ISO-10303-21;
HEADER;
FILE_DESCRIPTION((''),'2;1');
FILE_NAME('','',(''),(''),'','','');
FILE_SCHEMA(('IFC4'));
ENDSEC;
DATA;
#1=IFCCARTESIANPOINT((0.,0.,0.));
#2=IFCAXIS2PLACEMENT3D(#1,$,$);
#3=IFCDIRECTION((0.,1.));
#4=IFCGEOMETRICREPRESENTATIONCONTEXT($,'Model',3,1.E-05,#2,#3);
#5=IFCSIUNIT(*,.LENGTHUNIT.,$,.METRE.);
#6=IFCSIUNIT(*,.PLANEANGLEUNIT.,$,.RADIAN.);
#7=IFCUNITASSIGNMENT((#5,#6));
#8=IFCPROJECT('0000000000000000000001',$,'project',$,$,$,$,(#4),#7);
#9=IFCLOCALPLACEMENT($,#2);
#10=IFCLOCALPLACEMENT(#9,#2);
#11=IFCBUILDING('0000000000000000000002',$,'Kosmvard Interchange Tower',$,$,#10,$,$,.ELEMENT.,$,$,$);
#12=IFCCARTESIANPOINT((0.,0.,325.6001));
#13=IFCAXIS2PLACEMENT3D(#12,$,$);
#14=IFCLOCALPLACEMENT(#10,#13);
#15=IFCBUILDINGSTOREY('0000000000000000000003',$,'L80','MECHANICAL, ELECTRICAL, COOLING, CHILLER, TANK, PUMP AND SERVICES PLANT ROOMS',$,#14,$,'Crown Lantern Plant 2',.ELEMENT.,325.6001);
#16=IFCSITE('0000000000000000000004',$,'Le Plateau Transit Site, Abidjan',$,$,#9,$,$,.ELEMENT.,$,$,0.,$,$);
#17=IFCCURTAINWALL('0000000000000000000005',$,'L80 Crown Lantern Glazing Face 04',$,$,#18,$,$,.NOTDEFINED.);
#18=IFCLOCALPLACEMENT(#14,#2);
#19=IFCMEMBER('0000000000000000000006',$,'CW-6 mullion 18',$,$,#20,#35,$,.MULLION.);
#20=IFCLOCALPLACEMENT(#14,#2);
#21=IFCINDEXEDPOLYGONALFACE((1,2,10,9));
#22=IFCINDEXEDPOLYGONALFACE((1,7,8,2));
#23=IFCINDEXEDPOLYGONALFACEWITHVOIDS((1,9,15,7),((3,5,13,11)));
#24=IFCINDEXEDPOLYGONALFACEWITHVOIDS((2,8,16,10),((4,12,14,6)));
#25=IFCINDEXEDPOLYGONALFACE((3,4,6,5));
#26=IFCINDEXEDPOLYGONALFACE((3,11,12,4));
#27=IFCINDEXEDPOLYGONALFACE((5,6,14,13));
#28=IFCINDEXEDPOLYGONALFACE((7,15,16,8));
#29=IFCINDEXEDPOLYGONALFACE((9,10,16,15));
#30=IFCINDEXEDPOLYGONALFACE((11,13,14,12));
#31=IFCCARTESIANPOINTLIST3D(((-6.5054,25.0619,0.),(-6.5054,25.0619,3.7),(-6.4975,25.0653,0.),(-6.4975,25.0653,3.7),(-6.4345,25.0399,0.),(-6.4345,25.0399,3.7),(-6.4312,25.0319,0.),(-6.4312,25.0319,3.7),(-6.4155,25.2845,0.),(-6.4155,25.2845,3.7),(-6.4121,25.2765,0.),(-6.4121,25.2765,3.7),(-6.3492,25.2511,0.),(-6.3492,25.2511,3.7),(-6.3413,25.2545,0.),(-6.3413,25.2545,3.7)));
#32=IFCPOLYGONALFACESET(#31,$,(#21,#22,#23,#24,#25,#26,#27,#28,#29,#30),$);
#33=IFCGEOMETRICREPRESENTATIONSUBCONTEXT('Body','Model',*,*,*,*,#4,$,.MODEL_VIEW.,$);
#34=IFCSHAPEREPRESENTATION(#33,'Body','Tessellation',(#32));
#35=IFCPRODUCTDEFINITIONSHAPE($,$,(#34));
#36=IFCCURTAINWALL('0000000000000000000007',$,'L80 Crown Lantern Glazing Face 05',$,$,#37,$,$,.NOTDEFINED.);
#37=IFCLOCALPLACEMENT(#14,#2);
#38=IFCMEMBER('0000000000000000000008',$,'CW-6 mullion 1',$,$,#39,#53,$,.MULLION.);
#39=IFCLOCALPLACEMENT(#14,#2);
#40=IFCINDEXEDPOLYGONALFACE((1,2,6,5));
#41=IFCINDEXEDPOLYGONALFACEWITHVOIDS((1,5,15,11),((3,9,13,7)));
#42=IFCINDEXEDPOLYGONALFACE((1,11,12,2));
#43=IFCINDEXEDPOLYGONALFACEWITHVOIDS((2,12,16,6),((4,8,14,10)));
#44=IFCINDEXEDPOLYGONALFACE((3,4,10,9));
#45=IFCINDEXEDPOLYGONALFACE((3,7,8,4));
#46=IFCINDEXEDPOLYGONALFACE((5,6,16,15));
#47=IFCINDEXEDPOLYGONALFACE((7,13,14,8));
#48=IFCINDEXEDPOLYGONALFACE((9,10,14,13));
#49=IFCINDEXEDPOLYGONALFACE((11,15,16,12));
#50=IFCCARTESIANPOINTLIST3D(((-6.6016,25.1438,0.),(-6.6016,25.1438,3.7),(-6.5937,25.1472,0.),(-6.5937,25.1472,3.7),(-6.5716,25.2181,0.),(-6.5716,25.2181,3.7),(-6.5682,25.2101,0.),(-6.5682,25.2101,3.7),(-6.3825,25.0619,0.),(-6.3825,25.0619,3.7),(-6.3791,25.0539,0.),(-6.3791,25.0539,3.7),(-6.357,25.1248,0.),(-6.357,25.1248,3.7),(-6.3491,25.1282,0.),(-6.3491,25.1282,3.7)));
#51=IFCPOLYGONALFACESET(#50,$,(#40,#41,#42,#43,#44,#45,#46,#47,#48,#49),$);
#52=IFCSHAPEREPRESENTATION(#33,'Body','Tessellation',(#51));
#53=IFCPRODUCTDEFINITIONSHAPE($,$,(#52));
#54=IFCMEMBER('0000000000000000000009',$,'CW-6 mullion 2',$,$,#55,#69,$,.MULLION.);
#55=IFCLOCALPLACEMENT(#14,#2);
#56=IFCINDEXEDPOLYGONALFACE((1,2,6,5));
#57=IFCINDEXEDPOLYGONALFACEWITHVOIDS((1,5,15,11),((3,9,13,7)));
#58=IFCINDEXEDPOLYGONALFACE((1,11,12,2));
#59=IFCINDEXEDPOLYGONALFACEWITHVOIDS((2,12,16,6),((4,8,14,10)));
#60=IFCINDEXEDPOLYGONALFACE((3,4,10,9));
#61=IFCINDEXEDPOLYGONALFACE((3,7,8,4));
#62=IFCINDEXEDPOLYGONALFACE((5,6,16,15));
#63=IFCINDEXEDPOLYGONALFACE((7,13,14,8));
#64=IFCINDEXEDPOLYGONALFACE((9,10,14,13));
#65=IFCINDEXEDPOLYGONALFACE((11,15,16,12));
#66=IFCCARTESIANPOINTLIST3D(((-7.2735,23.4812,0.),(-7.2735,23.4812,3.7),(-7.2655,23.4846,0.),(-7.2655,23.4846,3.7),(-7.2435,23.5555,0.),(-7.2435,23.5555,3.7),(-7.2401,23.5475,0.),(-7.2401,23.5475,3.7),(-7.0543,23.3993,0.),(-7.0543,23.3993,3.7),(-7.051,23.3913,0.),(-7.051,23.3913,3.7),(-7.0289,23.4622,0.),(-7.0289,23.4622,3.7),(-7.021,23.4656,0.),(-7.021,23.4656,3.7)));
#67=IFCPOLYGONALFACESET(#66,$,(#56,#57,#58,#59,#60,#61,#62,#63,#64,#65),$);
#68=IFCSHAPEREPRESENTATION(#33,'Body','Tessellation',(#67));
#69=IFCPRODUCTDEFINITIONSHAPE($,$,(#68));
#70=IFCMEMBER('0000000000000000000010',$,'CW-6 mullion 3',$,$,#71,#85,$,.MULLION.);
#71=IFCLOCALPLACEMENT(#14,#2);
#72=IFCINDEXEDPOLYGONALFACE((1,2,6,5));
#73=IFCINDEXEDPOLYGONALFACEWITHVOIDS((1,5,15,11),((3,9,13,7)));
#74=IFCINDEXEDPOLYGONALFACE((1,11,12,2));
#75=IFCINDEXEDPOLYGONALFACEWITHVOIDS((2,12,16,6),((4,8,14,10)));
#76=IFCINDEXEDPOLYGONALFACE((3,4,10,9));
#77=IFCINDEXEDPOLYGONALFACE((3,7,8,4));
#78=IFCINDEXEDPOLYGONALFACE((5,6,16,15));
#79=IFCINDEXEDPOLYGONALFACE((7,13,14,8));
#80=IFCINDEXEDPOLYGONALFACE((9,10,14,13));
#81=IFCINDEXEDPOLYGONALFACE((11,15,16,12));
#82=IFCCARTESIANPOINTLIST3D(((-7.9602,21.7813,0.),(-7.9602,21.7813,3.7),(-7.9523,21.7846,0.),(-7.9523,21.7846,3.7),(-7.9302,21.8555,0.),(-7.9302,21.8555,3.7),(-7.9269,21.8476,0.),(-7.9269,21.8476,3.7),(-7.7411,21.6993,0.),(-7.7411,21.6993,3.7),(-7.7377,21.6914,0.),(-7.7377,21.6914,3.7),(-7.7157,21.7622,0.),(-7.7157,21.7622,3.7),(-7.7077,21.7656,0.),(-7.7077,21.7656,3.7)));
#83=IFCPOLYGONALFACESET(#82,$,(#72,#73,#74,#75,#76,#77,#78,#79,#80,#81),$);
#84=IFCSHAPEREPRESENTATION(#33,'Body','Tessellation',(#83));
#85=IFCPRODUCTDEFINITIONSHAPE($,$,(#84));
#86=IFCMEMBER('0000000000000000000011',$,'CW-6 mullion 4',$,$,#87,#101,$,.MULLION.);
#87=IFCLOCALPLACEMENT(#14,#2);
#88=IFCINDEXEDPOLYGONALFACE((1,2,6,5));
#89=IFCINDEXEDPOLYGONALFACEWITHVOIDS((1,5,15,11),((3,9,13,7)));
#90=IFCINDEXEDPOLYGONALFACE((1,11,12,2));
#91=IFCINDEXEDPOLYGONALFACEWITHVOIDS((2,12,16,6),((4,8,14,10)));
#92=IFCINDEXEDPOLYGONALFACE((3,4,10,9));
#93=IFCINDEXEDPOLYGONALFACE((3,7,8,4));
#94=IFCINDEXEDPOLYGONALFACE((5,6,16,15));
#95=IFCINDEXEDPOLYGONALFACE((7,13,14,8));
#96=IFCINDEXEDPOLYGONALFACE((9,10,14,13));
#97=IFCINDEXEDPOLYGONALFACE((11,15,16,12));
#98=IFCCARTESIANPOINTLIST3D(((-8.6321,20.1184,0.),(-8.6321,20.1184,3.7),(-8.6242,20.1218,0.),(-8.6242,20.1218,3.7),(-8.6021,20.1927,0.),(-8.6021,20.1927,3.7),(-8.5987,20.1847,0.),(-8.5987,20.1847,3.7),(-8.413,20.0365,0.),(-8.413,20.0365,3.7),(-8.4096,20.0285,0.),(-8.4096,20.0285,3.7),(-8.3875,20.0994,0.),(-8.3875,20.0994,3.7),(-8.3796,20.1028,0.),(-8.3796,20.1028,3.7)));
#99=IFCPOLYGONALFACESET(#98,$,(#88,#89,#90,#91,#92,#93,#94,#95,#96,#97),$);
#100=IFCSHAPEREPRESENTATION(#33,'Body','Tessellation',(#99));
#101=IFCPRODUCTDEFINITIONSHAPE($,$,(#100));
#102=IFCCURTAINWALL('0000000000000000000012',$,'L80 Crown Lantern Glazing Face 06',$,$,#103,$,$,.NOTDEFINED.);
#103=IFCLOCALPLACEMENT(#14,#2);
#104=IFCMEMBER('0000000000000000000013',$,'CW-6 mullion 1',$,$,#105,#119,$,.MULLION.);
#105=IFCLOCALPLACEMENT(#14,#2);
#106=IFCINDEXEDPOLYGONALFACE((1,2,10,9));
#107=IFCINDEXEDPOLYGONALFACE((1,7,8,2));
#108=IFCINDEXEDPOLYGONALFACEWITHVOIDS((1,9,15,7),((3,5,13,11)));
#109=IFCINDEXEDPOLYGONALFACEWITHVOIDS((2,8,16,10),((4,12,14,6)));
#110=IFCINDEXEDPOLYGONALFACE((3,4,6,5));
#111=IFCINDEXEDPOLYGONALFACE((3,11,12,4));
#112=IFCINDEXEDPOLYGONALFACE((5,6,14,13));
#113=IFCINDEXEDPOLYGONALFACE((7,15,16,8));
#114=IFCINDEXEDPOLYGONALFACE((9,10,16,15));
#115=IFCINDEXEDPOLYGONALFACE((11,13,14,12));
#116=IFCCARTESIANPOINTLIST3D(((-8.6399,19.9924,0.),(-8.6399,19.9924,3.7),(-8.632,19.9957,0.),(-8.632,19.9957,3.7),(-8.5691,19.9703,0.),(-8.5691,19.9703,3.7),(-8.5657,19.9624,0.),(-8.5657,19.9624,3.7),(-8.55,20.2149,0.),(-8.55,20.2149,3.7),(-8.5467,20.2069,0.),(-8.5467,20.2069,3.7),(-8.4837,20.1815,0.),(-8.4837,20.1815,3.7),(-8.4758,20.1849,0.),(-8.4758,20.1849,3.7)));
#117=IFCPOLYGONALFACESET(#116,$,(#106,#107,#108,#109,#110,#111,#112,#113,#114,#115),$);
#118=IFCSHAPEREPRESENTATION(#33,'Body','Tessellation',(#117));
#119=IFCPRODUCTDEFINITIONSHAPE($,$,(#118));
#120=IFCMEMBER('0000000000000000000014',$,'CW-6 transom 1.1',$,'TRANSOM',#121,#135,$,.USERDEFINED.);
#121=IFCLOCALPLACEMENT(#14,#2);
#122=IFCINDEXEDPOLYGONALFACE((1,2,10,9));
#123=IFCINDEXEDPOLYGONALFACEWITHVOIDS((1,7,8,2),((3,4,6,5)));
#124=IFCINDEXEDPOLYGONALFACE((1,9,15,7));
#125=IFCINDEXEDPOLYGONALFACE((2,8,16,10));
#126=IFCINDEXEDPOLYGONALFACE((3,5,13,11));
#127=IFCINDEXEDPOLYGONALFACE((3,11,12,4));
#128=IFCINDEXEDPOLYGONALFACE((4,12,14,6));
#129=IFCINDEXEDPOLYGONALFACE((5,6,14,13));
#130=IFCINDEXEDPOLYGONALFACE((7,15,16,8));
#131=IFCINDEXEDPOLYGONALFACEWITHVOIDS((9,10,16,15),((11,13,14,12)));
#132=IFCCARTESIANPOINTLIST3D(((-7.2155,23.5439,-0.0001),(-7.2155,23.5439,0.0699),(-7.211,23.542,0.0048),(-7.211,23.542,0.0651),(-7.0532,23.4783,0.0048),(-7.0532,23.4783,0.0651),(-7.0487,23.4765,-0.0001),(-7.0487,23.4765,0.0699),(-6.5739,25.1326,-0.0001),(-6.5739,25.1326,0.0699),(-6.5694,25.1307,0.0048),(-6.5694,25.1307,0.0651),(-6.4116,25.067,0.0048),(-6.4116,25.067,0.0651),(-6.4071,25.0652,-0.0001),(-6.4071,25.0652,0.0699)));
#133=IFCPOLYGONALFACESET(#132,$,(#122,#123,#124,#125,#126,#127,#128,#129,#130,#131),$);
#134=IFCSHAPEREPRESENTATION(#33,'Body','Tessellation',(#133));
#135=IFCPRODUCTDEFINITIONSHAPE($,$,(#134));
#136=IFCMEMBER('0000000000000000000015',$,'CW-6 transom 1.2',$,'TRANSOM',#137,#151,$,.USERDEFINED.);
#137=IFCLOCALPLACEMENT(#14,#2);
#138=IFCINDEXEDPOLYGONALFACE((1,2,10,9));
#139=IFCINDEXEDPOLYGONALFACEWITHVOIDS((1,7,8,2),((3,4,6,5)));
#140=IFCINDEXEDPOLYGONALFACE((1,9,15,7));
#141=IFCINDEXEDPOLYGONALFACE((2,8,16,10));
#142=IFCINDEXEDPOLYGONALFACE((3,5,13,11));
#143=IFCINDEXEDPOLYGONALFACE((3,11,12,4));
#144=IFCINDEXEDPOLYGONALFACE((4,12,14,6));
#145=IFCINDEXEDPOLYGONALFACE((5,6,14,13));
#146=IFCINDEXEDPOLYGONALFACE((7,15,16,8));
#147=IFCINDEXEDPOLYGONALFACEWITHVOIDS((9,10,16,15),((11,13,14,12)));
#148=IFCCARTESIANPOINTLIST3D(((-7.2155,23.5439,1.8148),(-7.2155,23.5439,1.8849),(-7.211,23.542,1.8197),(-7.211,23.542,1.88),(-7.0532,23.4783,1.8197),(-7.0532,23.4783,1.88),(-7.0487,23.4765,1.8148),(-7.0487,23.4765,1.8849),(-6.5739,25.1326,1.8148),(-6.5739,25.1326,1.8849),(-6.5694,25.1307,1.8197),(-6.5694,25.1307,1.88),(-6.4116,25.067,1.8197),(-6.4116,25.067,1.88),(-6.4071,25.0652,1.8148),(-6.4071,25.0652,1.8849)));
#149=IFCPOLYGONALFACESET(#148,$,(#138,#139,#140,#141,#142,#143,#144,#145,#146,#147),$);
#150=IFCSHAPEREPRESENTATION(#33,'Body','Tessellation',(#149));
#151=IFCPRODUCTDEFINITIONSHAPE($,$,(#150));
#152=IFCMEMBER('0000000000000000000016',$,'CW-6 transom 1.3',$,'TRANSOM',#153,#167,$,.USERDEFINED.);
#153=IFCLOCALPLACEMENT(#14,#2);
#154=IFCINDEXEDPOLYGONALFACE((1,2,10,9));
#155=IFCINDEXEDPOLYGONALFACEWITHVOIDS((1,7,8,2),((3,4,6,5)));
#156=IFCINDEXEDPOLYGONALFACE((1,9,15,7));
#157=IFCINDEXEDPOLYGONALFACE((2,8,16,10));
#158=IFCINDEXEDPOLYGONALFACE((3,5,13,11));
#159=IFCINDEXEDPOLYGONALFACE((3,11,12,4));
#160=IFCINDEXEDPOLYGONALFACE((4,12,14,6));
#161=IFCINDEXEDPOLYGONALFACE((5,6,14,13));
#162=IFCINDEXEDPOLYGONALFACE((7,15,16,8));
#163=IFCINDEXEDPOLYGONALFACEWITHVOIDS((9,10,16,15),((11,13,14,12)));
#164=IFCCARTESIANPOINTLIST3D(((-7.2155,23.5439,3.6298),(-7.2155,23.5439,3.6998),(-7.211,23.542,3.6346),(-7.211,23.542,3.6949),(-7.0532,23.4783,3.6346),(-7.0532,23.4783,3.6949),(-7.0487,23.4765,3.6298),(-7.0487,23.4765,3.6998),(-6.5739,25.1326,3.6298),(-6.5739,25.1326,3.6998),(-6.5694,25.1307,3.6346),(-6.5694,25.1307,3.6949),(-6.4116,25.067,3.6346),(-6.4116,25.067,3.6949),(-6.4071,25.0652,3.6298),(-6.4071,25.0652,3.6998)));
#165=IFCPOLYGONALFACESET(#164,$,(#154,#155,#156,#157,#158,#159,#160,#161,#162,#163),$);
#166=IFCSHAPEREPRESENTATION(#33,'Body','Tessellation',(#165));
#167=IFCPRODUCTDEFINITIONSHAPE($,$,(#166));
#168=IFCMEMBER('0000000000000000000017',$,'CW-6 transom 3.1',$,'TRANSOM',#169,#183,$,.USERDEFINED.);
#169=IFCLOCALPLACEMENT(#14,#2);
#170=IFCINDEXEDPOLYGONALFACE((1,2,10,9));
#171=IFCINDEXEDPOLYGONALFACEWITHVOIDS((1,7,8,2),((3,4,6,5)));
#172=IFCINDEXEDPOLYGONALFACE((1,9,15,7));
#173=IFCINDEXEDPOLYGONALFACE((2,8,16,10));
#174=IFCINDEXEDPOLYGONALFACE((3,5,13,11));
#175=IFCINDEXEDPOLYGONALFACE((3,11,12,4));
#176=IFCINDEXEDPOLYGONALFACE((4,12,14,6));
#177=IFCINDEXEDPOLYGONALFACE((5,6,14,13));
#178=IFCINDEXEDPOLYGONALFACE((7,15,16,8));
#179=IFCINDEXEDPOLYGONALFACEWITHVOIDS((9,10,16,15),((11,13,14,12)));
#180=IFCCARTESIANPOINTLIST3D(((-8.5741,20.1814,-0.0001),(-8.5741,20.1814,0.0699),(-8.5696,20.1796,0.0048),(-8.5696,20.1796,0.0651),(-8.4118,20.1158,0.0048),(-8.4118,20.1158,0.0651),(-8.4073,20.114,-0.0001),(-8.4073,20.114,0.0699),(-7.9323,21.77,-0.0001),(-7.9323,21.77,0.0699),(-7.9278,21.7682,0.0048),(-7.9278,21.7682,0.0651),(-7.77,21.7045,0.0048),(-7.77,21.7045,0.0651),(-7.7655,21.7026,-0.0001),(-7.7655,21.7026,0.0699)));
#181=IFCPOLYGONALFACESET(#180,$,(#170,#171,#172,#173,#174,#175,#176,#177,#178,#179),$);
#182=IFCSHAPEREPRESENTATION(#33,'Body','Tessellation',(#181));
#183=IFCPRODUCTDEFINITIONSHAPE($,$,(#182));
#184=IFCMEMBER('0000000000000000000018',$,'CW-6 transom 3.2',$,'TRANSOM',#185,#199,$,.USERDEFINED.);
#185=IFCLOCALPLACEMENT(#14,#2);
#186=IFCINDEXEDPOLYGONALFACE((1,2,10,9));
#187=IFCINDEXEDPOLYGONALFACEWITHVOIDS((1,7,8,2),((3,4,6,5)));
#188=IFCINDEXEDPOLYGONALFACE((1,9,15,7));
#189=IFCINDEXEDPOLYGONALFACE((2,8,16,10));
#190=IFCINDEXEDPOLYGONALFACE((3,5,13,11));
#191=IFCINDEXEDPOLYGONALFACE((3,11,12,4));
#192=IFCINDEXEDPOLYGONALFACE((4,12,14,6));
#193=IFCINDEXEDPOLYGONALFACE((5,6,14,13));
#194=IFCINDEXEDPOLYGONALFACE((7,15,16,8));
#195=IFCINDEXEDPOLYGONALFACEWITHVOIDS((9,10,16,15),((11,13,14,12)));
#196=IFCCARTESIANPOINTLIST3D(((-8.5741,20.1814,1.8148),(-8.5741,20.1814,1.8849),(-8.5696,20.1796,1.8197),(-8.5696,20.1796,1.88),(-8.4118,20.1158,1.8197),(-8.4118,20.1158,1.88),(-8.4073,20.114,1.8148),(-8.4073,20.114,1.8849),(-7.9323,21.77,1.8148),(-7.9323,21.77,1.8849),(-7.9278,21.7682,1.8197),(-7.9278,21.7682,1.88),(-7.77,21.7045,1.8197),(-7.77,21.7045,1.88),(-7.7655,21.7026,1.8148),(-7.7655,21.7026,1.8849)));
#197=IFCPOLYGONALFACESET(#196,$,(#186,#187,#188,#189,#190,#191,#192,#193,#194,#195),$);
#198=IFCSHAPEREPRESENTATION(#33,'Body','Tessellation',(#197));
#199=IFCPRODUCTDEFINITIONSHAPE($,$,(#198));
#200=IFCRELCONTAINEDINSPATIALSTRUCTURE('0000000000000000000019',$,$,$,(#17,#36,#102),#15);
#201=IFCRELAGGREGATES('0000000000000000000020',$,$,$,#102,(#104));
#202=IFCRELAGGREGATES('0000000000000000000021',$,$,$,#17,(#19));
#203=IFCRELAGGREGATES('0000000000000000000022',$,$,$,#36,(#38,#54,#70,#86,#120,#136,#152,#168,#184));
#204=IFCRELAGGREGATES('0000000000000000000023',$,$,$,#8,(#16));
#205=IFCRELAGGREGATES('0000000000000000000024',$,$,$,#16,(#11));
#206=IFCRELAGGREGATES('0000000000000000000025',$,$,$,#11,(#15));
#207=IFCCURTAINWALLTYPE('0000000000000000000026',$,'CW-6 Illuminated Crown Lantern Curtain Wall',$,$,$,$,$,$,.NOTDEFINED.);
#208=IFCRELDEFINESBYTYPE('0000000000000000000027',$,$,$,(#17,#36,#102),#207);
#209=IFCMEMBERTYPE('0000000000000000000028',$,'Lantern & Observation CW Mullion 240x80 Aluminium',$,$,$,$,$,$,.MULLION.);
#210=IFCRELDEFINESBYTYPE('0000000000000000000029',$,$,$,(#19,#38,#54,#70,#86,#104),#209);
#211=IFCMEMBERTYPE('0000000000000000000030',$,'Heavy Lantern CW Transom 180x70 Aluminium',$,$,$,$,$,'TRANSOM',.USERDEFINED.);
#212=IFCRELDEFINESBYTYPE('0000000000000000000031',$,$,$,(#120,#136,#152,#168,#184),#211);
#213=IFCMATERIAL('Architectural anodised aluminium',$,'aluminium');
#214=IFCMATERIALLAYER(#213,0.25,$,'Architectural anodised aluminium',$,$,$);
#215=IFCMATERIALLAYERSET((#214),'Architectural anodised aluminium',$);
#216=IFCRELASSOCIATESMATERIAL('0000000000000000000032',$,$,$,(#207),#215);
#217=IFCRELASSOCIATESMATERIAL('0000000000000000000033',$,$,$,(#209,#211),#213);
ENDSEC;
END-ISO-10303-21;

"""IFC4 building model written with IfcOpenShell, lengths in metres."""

from ifc_helpers import new_model, si_unit, direction, frame, origin, origin_2d, place, context, subcontext, project, spatial, hollow_rectangle, extrude, source, transform, mapped, material, layer, layer_set, material_profile, profile_set, type_object, element, aggregate, save


model = new_model("IFC4")

# Units and contexts
model_context = context("Model", 3, precision=1e-05, world=origin(), true_north=direction((0.0, 1.0)))
body_context = subcontext(model_context, "Body", "Model", "MODEL_VIEW")
ifc_project = project(units=[si_unit("LENGTHUNIT", "METRE"), si_unit("PLANEANGLEUNIT", "RADIAN")], contexts=[model_context])

# Site, building, storey
site_placement = place(None, origin())
site = spatial("IfcSite", under=ifc_project, at=site_placement, Name="Le Plateau Transit Site, Abidjan", CompositionType="ELEMENT", RefElevation=0.0)
building_placement = place(site_placement, origin())
building = spatial("IfcBuilding", under=site, at=building_placement, Name="Kosmvard Interchange Tower", CompositionType="ELEMENT")
storey_placement = place(building_placement, frame((0.0, 0.0, 325.6001)))
storey = spatial("IfcBuildingStorey", under=building, at=storey_placement, Name="L80", Description="MECHANICAL, ELECTRICAL, COOLING, CHILLER, TANK, PUMP AND SERVICES PLANT ROOMS", LongName="Crown Lantern Plant 2", CompositionType="ELEMENT", Elevation=325.6001)

# Curtain wall, member
ifc_material_1 = material(Name="Architectural anodised aluminium", Category="aluminium")
ifc_layer_1 = layer(ifc_material_1, 0.25, Name="Architectural anodised aluminium")
ifc_layer_set_1 = layer_set([ifc_layer_1], Name="Architectural anodised aluminium")
curtain_wall_type = type_object("IfcCurtainWallType", Name="CW-6 Illuminated Crown Lantern Curtain Wall", PredefinedType="NOTDEFINED", material=ifc_layer_set_1)
curtain_wall_1_placement = place(storey_placement, origin())
curtain_wall_1 = element("IfcCurtainWall", 1, at=curtain_wall_1_placement, inside=storey, type_object=curtain_wall_type, Name="L80 Crown Lantern Glazing Face 04", PredefinedType="NOTDEFINED")
ifc_material_profile_1 = material_profile(ifc_material_1, hollow_rectangle(XDim=0.24, YDim=0.0801, WallThickness=0.0061, at=origin_2d()), Name="CWM 240x80x6")
ifc_profile_set_1 = profile_set([ifc_material_profile_1], Name="Architectural anodised aluminium")
member_type_1 = type_object("IfcMemberType", Name="Lantern & Observation CW Mullion 240x80 Aluminium", PredefinedType="MULLION", material=ifc_profile_set_1)
shared_shape_1 = source(origin(), body_context, "Body", "SweptSolid", [
    extrude(hollow_rectangle(XDim=0.24, YDim=0.0801, WallThickness=0.0061, at=origin_2d()), origin(), (0.0, 0.0, 1.0), 3.7),
])
member_1_placement = place(storey_placement, frame((-6.4233, 25.1582, 0.0), z_axis=(0.0, 0.0, 1.0), x_axis=(-0.374607, -0.927184, 0.0)))
member_1 = element("IfcMember", 2, at=member_1_placement, type_object=member_type_1, Name="CW-6 mullion 18", PredefinedType="MULLION", context=body_context, shape_type="MappedRepresentation", body=[
    mapped(shared_shape_1, transform((0.0, 0.0, 0.0), scale=1.0)),
])

# Curtain wall, members
curtain_wall_2_placement = place(storey_placement, origin())
curtain_wall_2 = element("IfcCurtainWall", 3, at=curtain_wall_2_placement, inside=storey, type_object=curtain_wall_type, Name="L80 Crown Lantern Glazing Face 05", PredefinedType="NOTDEFINED")
member_2_placement = place(storey_placement, frame((-6.4753, 25.136, 0.0), z_axis=(0.0, 0.0, 1.0), x_axis=(0.927184, -0.374607, 0.0)))
member_2 = element("IfcMember", 4, at=member_2_placement, type_object=member_type_1, Name="CW-6 mullion 1", PredefinedType="MULLION", context=body_context, shape_type="MappedRepresentation", body=[
    mapped(shared_shape_1, transform((0.0, 0.0, 0.0), scale=1.0)),
])
member_3_placement = place(storey_placement, frame((-7.1472, 23.4734, 0.0), z_axis=(0.0, 0.0, 1.0), x_axis=(0.927184, -0.374607, 0.0)))
member_3 = element("IfcMember", 5, at=member_3_placement, type_object=member_type_1, Name="CW-6 mullion 2", PredefinedType="MULLION", context=body_context, shape_type="MappedRepresentation", body=[
    mapped(shared_shape_1, transform((0.0, 0.0, 0.0), scale=1.0)),
])
member_4_placement = place(storey_placement, frame((-7.834, 21.7734, 0.0), z_axis=(0.0, 0.0, 1.0), x_axis=(0.927184, -0.374607, 0.0)))
member_4 = element("IfcMember", 6, at=member_4_placement, type_object=member_type_1, Name="CW-6 mullion 3", PredefinedType="MULLION", context=body_context, shape_type="MappedRepresentation", body=[
    mapped(shared_shape_1, transform((0.0, 0.0, 0.0), scale=1.0)),
])
member_5_placement = place(storey_placement, frame((-8.5059, 20.1106, 0.0), z_axis=(0.0, 0.0, 1.0), x_axis=(0.927184, -0.374607, 0.0)))
member_5 = element("IfcMember", 7, at=member_5_placement, type_object=member_type_1, Name="CW-6 mullion 4", PredefinedType="MULLION", context=body_context, shape_type="MappedRepresentation", body=[
    mapped(shared_shape_1, transform((0.0, 0.0, 0.0), scale=1.0)),
])

# Curtain wall, member
curtain_wall_3_placement = place(storey_placement, origin())
curtain_wall_3 = element("IfcCurtainWall", 8, at=curtain_wall_3_placement, inside=storey, type_object=curtain_wall_type, Name="L80 Crown Lantern Glazing Face 06", PredefinedType="NOTDEFINED")
member_6_placement = place(storey_placement, frame((-8.5579, 20.0886, 0.0), z_axis=(0.0, 0.0, 1.0), x_axis=(-0.374607, -0.927184, 0.0)))
member_6 = element("IfcMember", 9, at=member_6_placement, type_object=member_type_1, Name="CW-6 mullion 1", PredefinedType="MULLION", context=body_context, shape_type="MappedRepresentation", body=[
    mapped(shared_shape_1, transform((0.0, 0.0, 0.0), scale=1.0)),
])
aggregate(curtain_wall_3, [member_6])

# Members
ifc_material_profile_2 = material_profile(ifc_material_1, hollow_rectangle(XDim=0.1799, YDim=0.0701, WallThickness=0.0049, at=origin_2d()), Name="CWT 180x70x5")
ifc_profile_set_2 = profile_set([ifc_material_profile_2], Name="Architectural anodised aluminium")
member_type_2 = type_object("IfcMemberType", Name="Heavy Lantern CW Transom 180x70 Aluminium", ElementType="TRANSOM", PredefinedType="USERDEFINED", material=ifc_profile_set_2)
shared_shape_2 = source(origin(), body_context, "Body", "SweptSolid", [
    extrude(hollow_rectangle(XDim=0.1799, YDim=0.0701, WallThickness=0.0049, at=origin_2d()), origin(), (0.0, 0.0, 1.0), 1.7134),
])
member_7_placement = place(storey_placement, frame((-6.4905, 25.0989, 0.0349), z_axis=(-0.374484, -0.927233, 0.0), x_axis=(0.927233, -0.374484, 0.0)))
member_7 = element("IfcMember", 10, at=member_7_placement, type_object=member_type_2, Name="CW-6 transom 1.1", ObjectType="TRANSOM", PredefinedType="USERDEFINED", context=body_context, shape_type="MappedRepresentation", body=[
    mapped(shared_shape_2, transform((0.0, 0.0, 0.0), scale=1.0)),
])
member_8_placement = place(storey_placement, frame((-6.4905, 25.0989, 1.8499), z_axis=(-0.374484, -0.927233, 0.0), x_axis=(0.927233, -0.374484, 0.0)))
member_8 = element("IfcMember", 11, at=member_8_placement, type_object=member_type_2, Name="CW-6 transom 1.2", ObjectType="TRANSOM", PredefinedType="USERDEFINED", context=body_context, shape_type="MappedRepresentation", body=[
    mapped(shared_shape_2, transform((0.0, 0.0, 0.0), scale=1.0)),
])
member_9_placement = place(storey_placement, frame((-6.4905, 25.0989, 3.6648), z_axis=(-0.374484, -0.927233, 0.0), x_axis=(0.927233, -0.374484, 0.0)))
member_9 = element("IfcMember", 12, at=member_9_placement, type_object=member_type_2, Name="CW-6 transom 1.3", ObjectType="TRANSOM", PredefinedType="USERDEFINED", context=body_context, shape_type="MappedRepresentation", body=[
    mapped(shared_shape_2, transform((0.0, 0.0, 0.0), scale=1.0)),
])
member_10_placement = place(storey_placement, frame((-7.8489, 21.7363, 0.0349), z_axis=(-0.374607, -0.927184, 0.0), x_axis=(0.927184, -0.374607, 0.0)))
member_10 = element("IfcMember", 13, at=member_10_placement, type_object=member_type_2, Name="CW-6 transom 3.1", ObjectType="TRANSOM", PredefinedType="USERDEFINED", context=body_context, shape_type="MappedRepresentation", body=[
    mapped(shared_shape_2, transform((0.0, 0.0, 0.0), scale=1.0)),
])
member_11_placement = place(storey_placement, frame((-7.8489, 21.7363, 1.8499), z_axis=(-0.374607, -0.927184, 0.0), x_axis=(0.927184, -0.374607, 0.0)))
member_11 = element("IfcMember", 14, at=member_11_placement, type_object=member_type_2, Name="CW-6 transom 3.2", ObjectType="TRANSOM", PredefinedType="USERDEFINED", context=body_context, shape_type="MappedRepresentation", body=[
    mapped(shared_shape_2, transform((0.0, 0.0, 0.0), scale=1.0)),
])

aggregate(curtain_wall_1, [member_1])
aggregate(curtain_wall_2, [member_2, member_3, member_4, member_5, member_7, member_8, member_9, member_10, member_11])

save(model, "model.ifc")
